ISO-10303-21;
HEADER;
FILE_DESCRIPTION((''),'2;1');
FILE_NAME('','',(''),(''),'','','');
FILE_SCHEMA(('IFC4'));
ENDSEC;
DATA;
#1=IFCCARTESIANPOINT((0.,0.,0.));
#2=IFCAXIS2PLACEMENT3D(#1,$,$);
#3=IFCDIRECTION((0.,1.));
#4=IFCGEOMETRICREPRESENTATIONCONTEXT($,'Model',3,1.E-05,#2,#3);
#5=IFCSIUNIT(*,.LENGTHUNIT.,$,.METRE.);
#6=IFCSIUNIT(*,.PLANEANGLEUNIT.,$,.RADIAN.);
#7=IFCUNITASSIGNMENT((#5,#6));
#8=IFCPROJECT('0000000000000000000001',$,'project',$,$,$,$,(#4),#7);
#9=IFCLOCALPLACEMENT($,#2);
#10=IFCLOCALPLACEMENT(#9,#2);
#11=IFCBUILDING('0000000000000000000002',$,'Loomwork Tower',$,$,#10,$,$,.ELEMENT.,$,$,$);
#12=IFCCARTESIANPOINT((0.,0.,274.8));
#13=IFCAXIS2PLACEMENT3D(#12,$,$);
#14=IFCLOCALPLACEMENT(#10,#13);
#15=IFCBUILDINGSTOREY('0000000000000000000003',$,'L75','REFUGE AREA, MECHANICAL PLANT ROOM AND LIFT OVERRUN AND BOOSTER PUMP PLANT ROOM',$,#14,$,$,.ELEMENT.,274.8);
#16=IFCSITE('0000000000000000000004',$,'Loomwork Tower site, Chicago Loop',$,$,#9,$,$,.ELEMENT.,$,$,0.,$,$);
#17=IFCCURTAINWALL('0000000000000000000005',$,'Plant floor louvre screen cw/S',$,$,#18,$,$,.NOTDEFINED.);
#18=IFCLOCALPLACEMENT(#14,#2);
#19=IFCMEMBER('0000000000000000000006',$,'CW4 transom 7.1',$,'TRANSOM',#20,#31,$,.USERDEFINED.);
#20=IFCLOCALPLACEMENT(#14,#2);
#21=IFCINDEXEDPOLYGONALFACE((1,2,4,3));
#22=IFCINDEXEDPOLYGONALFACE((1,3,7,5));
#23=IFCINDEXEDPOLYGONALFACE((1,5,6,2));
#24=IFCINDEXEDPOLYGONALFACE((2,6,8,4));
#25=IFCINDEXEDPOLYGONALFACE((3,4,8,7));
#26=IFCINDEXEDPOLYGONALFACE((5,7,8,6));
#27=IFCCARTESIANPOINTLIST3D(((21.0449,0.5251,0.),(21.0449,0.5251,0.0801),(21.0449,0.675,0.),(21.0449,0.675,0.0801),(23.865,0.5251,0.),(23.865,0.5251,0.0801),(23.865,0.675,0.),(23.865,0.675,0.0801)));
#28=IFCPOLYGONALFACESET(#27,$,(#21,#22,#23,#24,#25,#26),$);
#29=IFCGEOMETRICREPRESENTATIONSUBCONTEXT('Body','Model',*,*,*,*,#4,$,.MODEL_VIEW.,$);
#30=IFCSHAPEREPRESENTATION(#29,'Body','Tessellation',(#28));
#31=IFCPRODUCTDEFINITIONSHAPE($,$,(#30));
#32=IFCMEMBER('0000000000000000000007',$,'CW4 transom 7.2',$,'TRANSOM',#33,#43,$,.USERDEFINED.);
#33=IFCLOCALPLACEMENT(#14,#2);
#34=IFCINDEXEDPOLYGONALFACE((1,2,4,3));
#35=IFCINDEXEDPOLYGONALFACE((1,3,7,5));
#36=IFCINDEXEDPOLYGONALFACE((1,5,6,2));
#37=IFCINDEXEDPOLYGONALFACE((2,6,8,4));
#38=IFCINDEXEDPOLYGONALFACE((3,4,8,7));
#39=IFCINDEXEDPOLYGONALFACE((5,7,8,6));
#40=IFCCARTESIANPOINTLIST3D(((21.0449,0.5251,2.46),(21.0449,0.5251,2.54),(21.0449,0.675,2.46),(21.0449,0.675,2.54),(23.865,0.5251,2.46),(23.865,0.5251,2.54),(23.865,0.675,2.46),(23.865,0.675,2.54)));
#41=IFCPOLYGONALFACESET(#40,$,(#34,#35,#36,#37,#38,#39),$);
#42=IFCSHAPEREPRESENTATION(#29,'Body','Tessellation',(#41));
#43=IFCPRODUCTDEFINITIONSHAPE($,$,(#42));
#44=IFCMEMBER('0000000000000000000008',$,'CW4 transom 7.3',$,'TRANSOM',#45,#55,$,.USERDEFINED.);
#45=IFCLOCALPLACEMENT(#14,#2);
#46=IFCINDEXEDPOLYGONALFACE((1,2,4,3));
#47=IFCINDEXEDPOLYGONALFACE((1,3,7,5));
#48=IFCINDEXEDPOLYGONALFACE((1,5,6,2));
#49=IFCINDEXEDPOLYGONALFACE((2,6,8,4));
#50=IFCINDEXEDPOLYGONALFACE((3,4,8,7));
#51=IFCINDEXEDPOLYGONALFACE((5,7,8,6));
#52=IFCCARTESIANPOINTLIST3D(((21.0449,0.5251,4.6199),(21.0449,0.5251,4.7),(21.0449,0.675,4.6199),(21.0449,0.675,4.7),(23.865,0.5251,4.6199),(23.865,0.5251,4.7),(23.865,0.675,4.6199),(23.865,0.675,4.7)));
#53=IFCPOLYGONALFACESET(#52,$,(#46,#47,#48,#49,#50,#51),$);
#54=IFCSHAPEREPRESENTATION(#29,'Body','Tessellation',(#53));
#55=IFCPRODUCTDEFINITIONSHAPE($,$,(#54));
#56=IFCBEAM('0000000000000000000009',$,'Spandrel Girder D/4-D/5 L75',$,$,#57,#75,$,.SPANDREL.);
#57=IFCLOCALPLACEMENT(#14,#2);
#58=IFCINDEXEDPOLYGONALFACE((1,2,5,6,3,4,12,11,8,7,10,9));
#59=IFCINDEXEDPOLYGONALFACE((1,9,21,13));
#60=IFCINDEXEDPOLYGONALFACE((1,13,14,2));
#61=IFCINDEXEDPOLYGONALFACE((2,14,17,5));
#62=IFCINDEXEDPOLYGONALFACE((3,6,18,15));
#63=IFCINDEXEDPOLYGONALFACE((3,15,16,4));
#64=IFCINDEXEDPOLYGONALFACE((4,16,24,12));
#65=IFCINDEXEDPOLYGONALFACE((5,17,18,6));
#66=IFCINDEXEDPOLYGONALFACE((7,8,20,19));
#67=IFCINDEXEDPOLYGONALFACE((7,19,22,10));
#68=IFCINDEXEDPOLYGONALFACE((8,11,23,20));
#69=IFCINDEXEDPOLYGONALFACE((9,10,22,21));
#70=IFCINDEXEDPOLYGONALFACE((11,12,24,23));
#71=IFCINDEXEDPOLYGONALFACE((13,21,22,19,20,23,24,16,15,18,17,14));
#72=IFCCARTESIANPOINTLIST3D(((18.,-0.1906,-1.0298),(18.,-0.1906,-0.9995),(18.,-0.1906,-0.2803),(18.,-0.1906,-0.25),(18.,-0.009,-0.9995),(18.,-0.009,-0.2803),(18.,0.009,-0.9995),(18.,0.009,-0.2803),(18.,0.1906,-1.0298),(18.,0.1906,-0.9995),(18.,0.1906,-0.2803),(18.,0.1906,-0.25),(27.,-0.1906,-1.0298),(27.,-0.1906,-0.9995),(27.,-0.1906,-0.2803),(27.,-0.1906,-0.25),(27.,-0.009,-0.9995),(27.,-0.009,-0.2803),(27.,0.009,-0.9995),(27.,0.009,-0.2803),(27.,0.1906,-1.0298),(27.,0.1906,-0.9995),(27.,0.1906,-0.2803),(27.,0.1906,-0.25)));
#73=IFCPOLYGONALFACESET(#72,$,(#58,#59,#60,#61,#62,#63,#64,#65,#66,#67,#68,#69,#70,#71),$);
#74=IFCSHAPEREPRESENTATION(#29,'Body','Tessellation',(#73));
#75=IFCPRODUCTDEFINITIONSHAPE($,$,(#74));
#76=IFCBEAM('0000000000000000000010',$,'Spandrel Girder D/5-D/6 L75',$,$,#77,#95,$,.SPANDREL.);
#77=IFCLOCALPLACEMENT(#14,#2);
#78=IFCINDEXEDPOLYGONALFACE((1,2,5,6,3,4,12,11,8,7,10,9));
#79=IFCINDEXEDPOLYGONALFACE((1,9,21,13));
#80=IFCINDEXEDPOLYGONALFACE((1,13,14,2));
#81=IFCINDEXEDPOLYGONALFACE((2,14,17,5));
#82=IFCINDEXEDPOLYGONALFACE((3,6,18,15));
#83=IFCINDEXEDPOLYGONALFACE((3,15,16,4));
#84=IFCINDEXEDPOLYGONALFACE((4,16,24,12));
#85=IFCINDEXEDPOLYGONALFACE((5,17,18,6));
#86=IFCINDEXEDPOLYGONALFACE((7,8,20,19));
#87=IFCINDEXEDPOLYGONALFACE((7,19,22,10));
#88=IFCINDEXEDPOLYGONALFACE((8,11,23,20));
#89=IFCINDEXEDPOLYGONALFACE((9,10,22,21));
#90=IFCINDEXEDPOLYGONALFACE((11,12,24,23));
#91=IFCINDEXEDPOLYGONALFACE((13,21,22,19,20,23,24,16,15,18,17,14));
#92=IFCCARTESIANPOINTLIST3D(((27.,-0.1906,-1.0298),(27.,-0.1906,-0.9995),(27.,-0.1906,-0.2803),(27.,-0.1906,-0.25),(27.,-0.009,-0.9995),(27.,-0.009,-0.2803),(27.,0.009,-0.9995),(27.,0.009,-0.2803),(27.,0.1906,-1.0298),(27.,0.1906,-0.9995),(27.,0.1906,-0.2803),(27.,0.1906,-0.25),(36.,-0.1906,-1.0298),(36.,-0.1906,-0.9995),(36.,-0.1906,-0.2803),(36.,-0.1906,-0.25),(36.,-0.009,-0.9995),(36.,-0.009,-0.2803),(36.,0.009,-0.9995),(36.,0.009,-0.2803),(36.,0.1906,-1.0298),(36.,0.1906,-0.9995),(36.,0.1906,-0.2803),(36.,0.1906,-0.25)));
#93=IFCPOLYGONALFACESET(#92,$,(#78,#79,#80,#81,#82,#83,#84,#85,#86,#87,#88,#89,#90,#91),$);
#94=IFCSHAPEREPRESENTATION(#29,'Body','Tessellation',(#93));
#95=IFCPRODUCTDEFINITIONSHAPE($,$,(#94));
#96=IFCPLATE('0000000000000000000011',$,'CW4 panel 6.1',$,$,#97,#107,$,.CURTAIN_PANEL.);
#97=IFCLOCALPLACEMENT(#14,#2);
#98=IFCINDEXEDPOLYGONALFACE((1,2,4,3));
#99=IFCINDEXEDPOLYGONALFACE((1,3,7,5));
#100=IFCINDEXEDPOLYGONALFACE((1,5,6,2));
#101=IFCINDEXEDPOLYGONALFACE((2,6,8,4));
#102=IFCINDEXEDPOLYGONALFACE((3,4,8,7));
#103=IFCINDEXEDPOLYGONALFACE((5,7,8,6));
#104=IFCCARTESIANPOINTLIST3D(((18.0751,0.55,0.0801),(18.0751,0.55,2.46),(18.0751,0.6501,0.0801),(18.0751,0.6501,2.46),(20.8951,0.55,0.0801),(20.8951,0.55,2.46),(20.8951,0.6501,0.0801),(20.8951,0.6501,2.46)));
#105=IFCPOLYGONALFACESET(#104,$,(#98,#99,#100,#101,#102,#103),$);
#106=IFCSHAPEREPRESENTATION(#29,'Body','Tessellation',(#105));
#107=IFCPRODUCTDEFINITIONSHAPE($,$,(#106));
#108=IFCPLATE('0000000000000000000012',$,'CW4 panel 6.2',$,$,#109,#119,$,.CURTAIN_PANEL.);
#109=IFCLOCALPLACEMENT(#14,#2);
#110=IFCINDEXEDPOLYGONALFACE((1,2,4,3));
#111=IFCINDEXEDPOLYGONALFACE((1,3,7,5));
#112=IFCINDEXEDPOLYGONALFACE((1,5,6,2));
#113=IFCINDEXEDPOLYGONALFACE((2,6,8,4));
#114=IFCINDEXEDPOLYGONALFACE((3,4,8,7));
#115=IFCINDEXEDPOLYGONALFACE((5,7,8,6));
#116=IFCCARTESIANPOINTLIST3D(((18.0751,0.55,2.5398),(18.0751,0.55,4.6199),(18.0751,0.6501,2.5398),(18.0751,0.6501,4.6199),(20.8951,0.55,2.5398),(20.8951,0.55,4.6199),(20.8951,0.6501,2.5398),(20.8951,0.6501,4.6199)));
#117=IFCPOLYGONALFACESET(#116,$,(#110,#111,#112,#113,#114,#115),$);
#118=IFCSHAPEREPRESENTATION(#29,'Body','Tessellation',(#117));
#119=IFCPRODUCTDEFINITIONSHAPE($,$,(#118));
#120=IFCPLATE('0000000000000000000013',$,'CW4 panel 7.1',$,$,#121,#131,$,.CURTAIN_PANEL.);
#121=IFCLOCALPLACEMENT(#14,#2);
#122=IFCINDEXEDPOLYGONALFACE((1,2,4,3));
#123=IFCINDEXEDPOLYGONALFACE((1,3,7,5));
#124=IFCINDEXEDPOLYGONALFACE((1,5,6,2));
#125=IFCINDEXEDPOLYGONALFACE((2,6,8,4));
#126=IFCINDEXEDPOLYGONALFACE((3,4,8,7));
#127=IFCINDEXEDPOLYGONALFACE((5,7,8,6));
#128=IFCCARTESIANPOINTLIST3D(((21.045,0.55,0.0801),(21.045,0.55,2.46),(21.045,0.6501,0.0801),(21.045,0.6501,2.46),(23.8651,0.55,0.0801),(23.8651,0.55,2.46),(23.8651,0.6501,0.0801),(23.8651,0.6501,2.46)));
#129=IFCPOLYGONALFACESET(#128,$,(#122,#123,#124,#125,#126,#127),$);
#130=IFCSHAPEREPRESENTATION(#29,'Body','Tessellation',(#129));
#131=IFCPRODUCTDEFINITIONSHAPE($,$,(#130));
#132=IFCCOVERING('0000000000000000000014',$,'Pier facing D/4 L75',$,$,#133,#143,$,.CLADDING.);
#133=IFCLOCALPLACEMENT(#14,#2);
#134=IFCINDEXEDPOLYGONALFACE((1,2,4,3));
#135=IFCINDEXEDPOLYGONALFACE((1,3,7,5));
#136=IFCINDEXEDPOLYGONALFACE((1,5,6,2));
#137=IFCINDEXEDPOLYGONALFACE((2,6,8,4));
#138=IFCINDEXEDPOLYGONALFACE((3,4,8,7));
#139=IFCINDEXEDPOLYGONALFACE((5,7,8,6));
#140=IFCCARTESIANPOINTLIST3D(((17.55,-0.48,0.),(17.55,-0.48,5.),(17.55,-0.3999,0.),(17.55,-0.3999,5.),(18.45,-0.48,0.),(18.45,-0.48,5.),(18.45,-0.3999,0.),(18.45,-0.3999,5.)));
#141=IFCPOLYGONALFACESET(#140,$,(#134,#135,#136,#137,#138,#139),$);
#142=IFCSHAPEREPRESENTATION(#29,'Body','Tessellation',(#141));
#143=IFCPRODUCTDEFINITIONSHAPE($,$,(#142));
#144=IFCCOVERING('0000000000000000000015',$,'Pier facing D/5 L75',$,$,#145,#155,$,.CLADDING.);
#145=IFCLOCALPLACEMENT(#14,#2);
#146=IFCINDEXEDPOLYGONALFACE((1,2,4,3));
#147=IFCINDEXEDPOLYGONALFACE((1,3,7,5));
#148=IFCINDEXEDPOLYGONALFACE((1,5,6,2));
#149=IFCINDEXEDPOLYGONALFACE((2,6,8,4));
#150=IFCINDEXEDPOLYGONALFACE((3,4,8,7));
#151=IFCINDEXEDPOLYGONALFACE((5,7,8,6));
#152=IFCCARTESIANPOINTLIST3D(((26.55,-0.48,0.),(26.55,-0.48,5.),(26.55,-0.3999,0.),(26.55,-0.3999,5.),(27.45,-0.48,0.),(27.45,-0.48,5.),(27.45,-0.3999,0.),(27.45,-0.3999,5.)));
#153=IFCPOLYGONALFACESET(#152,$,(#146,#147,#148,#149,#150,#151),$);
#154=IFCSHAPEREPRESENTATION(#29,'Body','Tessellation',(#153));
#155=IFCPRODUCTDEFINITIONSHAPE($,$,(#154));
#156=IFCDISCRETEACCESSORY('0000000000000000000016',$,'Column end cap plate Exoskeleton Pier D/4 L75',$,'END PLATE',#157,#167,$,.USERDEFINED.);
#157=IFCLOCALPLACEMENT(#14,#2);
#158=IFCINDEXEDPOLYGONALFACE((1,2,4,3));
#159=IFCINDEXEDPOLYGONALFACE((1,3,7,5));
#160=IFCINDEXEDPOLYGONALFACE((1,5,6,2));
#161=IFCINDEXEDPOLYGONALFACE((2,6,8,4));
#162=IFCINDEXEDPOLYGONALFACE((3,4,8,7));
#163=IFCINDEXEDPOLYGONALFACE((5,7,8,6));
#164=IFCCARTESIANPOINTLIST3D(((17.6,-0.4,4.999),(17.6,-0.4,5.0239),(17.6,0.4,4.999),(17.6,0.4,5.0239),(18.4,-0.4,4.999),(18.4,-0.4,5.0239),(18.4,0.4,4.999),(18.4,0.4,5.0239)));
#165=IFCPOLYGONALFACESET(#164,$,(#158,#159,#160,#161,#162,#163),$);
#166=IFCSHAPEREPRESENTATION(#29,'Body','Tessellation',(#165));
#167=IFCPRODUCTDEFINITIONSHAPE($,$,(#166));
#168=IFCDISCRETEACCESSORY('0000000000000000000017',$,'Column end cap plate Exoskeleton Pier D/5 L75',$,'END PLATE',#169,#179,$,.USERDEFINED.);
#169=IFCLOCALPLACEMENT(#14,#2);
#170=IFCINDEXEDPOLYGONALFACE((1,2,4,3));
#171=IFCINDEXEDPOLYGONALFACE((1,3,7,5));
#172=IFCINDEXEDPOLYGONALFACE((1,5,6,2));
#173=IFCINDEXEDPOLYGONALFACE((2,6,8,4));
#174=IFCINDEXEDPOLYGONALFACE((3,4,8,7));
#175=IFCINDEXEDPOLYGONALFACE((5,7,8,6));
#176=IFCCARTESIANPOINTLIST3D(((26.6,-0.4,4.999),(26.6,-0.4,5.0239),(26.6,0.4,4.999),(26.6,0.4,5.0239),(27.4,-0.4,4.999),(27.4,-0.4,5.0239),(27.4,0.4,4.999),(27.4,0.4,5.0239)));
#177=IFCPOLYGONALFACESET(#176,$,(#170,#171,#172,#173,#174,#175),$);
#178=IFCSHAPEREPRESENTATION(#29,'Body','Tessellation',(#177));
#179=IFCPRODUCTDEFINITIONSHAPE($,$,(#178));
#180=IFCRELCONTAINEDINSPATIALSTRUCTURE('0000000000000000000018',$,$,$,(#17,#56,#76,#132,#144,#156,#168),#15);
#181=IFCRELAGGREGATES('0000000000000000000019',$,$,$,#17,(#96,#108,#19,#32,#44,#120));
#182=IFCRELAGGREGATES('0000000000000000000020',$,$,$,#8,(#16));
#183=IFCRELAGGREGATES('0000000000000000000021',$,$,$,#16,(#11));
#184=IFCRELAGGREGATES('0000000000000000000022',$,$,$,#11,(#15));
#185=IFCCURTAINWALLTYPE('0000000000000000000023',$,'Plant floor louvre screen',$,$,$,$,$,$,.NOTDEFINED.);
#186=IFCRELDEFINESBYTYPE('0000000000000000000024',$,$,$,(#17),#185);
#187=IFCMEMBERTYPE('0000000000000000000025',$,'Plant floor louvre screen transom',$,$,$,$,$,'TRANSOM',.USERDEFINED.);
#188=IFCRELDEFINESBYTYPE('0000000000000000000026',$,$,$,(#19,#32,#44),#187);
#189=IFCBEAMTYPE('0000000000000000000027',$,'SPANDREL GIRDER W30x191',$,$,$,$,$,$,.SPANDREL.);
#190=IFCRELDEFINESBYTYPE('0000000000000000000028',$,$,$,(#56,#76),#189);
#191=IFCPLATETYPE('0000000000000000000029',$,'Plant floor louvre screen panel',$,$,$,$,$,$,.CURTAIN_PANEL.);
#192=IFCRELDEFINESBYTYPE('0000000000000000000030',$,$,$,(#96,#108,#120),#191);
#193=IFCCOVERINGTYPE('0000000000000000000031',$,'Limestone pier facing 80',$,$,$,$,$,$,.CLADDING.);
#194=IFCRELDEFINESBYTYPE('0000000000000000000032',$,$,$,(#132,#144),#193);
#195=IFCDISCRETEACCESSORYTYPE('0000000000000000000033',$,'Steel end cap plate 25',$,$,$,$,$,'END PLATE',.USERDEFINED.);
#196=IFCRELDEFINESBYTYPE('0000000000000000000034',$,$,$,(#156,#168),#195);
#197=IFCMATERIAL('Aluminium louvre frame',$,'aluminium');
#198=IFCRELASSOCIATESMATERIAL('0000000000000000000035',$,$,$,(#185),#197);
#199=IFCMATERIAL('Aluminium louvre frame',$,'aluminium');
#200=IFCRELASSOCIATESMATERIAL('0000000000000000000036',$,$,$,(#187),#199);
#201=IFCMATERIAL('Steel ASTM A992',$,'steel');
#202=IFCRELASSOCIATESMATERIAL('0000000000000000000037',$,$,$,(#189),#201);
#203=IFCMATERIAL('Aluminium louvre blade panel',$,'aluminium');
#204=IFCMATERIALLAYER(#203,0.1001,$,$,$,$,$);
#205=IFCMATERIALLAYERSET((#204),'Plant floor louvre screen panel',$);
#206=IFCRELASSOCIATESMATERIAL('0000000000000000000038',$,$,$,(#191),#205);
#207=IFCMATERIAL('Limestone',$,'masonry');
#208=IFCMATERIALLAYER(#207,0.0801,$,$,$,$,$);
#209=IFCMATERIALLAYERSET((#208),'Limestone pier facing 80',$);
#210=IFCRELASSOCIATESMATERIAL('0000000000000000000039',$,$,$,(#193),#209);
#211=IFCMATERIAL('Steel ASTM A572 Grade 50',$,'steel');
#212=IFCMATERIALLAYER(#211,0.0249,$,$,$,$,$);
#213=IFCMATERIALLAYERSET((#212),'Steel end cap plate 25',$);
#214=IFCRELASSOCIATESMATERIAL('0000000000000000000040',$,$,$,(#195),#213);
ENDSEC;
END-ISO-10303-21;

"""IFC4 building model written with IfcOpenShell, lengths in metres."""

from ifc_helpers import new_model, si_unit, direction, frame, origin, origin_2d, place, context, subcontext, project, spatial, rectangle, i_section, extrude, material, layer, layer_set, material_profile, profile_set, type_object, element, aggregate, save


model = new_model("IFC4")

# Units and contexts
model_context = context("Model", 3, precision=1e-05, world=origin(), true_north=direction((0.0, 1.0)))
body_context = subcontext(model_context, "Body", "Model", "MODEL_VIEW")
ifc_project = project(units=[si_unit("LENGTHUNIT", "METRE"), si_unit("PLANEANGLEUNIT", "RADIAN")], contexts=[model_context])

# Site, building, storey
site_placement = place(None, origin())
site = spatial("IfcSite", under=ifc_project, at=site_placement, Name="Loomwork Tower site, Chicago Loop", CompositionType="ELEMENT", RefElevation=0.0)
building_placement = place(site_placement, origin())
building = spatial("IfcBuilding", under=site, at=building_placement, Name="Loomwork Tower", CompositionType="ELEMENT")
storey_placement = place(building_placement, frame((0.0, 0.0, 274.8)))
storey = spatial("IfcBuildingStorey", under=building, at=storey_placement, Name="L75", Description="REFUGE AREA, MECHANICAL PLANT ROOM AND LIFT OVERRUN AND BOOSTER PUMP PLANT ROOM", CompositionType="ELEMENT", Elevation=274.8)

# Curtain wall, members
ifc_material_1 = material(Name="Aluminium louvre frame", Category="aluminium")
curtain_wall_type = type_object("IfcCurtainWallType", Name="Plant floor louvre screen", PredefinedType="NOTDEFINED", material=ifc_material_1)
curtain_wall_placement = place(storey_placement, origin())
curtain_wall = element("IfcCurtainWall", 1, at=curtain_wall_placement, inside=storey, type_object=curtain_wall_type, Name="Plant floor louvre screen cw/S", PredefinedType="NOTDEFINED")
ifc_material_2 = material(Name="Aluminium louvre frame", Category="aluminium")
ifc_material_profile_1 = material_profile(ifc_material_2, rectangle(XDim=0.1499, YDim=0.0801, at=origin_2d()), Name="AL 80x150")
ifc_profile_set_1 = profile_set([ifc_material_profile_1], Name="Aluminium louvre frame")
member_type_1 = type_object("IfcMemberType", Name="Plant floor louvre screen transom", ElementType="TRANSOM", PredefinedType="USERDEFINED", material=ifc_profile_set_1)
member_1_placement = place(storey_placement, frame((21.0449, 0.6001, 0.04), z_axis=(1.0, 0.0, 0.0), x_axis=(0.0, 1.0, 0.0)))
member_1 = element("IfcMember", 2, at=member_1_placement, type_object=member_type_1, Name="CW4 transom 7.1", ObjectType="TRANSOM", PredefinedType="USERDEFINED", context=body_context, shape_type="SweptSolid", body=[
    extrude(rectangle(XDim=0.1499, YDim=0.0801, at=origin_2d()), origin(), (0.0, 0.0, 1.0), 2.8201),
])
member_2_placement = place(storey_placement, frame((21.0449, 0.6001, 2.5), z_axis=(1.0, 0.0, 0.0), x_axis=(0.0, 1.0, 0.0)))
member_2 = element("IfcMember", 3, at=member_2_placement, type_object=member_type_1, Name="CW4 transom 7.2", ObjectType="TRANSOM", PredefinedType="USERDEFINED", context=body_context, shape_type="SweptSolid", body=[
    extrude(rectangle(XDim=0.1499, YDim=0.0801, at=origin_2d()), origin(), (0.0, 0.0, 1.0), 2.8201),
])
member_3_placement = place(storey_placement, frame((21.0449, 0.6001, 4.6599), z_axis=(1.0, 0.0, 0.0), x_axis=(0.0, 1.0, 0.0)))
member_3 = element("IfcMember", 4, at=member_3_placement, type_object=member_type_1, Name="CW4 transom 7.3", ObjectType="TRANSOM", PredefinedType="USERDEFINED", context=body_context, shape_type="SweptSolid", body=[
    extrude(rectangle(XDim=0.1499, YDim=0.0801, at=origin_2d()), origin(), (0.0, 0.0, 1.0), 2.8201),
])

# Beams
ifc_material_3 = material(Name="Steel ASTM A992", Category="steel")
ifc_material_profile_2 = material_profile(ifc_material_3, i_section(OverallWidth=0.3811, OverallDepth=0.7798, WebThickness=0.0181, FlangeThickness=0.0303, at=origin_2d()), Name="W30x191")
ifc_profile_set_2 = profile_set([ifc_material_profile_2], Name="Steel ASTM A992")
beam_type_1 = type_object("IfcBeamType", Name="SPANDREL GIRDER W30x191", PredefinedType="SPANDREL", material=ifc_profile_set_2)
for number, where, z_axis, x_axis, name in (
    (5, (18.0, 0.0, -0.6399), (1.0, 0.0, 0.0), (0.0, 1.0, 0.0), "Spandrel Girder D/4-D/5 L75"),
    (6, (27.0, 0.0, -0.6399), (1.0, 0.0, 0.0), (0.0, 1.0, 0.0), "Spandrel Girder D/5-D/6 L75"),
):
    element("IfcBeam", number, at=place(storey_placement, frame(where, z_axis=z_axis, x_axis=x_axis)), inside=storey, type_object=beam_type_1, Name=name, PredefinedType="SPANDREL", context=body_context, shape_type="SweptSolid", body=[
        extrude(i_section(OverallWidth=0.3811, OverallDepth=0.7798, WebThickness=0.0181, FlangeThickness=0.0303, at=origin_2d()), origin(), (0.0, 0.0, 1.0), 9.0),
    ])

# Plates
ifc_material_4 = material(Name="Aluminium louvre blade panel", Category="aluminium")
ifc_layer_1 = layer(ifc_material_4, 0.1001)
ifc_layer_set_1 = layer_set([ifc_layer_1], Name="Plant floor louvre screen panel")
plate_type = type_object("IfcPlateType", Name="Plant floor louvre screen panel", PredefinedType="CURTAIN_PANEL", material=ifc_layer_set_1)
plate_1_placement = place(storey_placement, frame((19.4851, 0.6001, 0.0801), z_axis=(0.0, 0.0, 1.0), x_axis=(1.0, 0.0, 0.0)))
plate_1 = element("IfcPlate", 7, at=plate_1_placement, type_object=plate_type, Name="CW4 panel 6.1", PredefinedType="CURTAIN_PANEL", context=body_context, shape_type="SweptSolid", body=[
    extrude(rectangle(XDim=2.8201, YDim=0.1001, at=origin_2d()), origin(), (0.0, 0.0, 1.0), 2.3799),
])
plate_2_placement = place(storey_placement, frame((19.4851, 0.6001, 2.5398), z_axis=(0.0, 0.0, 1.0), x_axis=(1.0, 0.0, 0.0)))
plate_2 = element("IfcPlate", 8, at=plate_2_placement, type_object=plate_type, Name="CW4 panel 6.2", PredefinedType="CURTAIN_PANEL", context=body_context, shape_type="SweptSolid", body=[
    extrude(rectangle(XDim=2.8201, YDim=0.1001, at=origin_2d()), origin(), (0.0, 0.0, 1.0), 2.0801),
])
plate_3_placement = place(storey_placement, frame((22.4551, 0.6001, 0.0801), z_axis=(0.0, 0.0, 1.0), x_axis=(1.0, 0.0, 0.0)))
plate_3 = element("IfcPlate", 9, at=plate_3_placement, type_object=plate_type, Name="CW4 panel 7.1", PredefinedType="CURTAIN_PANEL", context=body_context, shape_type="SweptSolid", body=[
    extrude(rectangle(XDim=2.8201, YDim=0.1001, at=origin_2d()), origin(), (0.0, 0.0, 1.0), 2.3799),
])
aggregate(curtain_wall, [plate_1, plate_2, member_1, member_2, member_3, plate_3])

# Coverings
ifc_material_5 = material(Name="Limestone", Category="masonry")
ifc_layer_2 = layer(ifc_material_5, 0.0801)
ifc_layer_set_2 = layer_set([ifc_layer_2], Name="Limestone pier facing 80")
covering_type = type_object("IfcCoveringType", Name="Limestone pier facing 80", PredefinedType="CLADDING", material=ifc_layer_set_2)
for number, where, z_axis, x_axis, name in (
    (10, (18.0, -0.4399, 0.0), (0.0, 0.0, 1.0), (1.0, 0.0, 0.0), "Pier facing D/4 L75"),
    (11, (27.0, -0.4399, 0.0), (0.0, 0.0, 1.0), (1.0, 0.0, 0.0), "Pier facing D/5 L75"),
):
    element("IfcCovering", number, at=place(storey_placement, frame(where, z_axis=z_axis, x_axis=x_axis)), inside=storey, type_object=covering_type, Name=name, PredefinedType="CLADDING", context=body_context, shape_type="SweptSolid", body=[
        extrude(rectangle(XDim=0.8999, YDim=0.0801, at=origin_2d()), origin(), (0.0, 0.0, 1.0), 5.0),
    ])

# Discrete accessories
ifc_material_6 = material(Name="Steel ASTM A572 Grade 50", Category="steel")
ifc_layer_3 = layer(ifc_material_6, 0.0249)
ifc_layer_set_3 = layer_set([ifc_layer_3], Name="Steel end cap plate 25")
discrete_accessory_type = type_object("IfcDiscreteAccessoryType", Name="Steel end cap plate 25", ElementType="END PLATE", PredefinedType="USERDEFINED", material=ifc_layer_set_3)
for number, where, z_axis, x_axis, name in (
    (12, (18.0, 0.0, 4.999), (0.0, 0.0, 1.0), (1.0, 0.0, 0.0), "Column end cap plate Exoskeleton Pier D/4 L75"),
    (13, (27.0, 0.0, 4.999), (0.0, 0.0, 1.0), (1.0, 0.0, 0.0), "Column end cap plate Exoskeleton Pier D/5 L75"),
):
    element("IfcDiscreteAccessory", number, at=place(storey_placement, frame(where, z_axis=z_axis, x_axis=x_axis)), inside=storey, type_object=discrete_accessory_type, Name=name, ObjectType="END PLATE", PredefinedType="USERDEFINED", context=body_context, shape_type="SweptSolid", body=[
        extrude(rectangle(XDim=0.8, YDim=0.8, at=origin_2d()), origin(), (0.0, 0.0, 1.0), 0.0249),
    ])

save(model, "model.ifc")
